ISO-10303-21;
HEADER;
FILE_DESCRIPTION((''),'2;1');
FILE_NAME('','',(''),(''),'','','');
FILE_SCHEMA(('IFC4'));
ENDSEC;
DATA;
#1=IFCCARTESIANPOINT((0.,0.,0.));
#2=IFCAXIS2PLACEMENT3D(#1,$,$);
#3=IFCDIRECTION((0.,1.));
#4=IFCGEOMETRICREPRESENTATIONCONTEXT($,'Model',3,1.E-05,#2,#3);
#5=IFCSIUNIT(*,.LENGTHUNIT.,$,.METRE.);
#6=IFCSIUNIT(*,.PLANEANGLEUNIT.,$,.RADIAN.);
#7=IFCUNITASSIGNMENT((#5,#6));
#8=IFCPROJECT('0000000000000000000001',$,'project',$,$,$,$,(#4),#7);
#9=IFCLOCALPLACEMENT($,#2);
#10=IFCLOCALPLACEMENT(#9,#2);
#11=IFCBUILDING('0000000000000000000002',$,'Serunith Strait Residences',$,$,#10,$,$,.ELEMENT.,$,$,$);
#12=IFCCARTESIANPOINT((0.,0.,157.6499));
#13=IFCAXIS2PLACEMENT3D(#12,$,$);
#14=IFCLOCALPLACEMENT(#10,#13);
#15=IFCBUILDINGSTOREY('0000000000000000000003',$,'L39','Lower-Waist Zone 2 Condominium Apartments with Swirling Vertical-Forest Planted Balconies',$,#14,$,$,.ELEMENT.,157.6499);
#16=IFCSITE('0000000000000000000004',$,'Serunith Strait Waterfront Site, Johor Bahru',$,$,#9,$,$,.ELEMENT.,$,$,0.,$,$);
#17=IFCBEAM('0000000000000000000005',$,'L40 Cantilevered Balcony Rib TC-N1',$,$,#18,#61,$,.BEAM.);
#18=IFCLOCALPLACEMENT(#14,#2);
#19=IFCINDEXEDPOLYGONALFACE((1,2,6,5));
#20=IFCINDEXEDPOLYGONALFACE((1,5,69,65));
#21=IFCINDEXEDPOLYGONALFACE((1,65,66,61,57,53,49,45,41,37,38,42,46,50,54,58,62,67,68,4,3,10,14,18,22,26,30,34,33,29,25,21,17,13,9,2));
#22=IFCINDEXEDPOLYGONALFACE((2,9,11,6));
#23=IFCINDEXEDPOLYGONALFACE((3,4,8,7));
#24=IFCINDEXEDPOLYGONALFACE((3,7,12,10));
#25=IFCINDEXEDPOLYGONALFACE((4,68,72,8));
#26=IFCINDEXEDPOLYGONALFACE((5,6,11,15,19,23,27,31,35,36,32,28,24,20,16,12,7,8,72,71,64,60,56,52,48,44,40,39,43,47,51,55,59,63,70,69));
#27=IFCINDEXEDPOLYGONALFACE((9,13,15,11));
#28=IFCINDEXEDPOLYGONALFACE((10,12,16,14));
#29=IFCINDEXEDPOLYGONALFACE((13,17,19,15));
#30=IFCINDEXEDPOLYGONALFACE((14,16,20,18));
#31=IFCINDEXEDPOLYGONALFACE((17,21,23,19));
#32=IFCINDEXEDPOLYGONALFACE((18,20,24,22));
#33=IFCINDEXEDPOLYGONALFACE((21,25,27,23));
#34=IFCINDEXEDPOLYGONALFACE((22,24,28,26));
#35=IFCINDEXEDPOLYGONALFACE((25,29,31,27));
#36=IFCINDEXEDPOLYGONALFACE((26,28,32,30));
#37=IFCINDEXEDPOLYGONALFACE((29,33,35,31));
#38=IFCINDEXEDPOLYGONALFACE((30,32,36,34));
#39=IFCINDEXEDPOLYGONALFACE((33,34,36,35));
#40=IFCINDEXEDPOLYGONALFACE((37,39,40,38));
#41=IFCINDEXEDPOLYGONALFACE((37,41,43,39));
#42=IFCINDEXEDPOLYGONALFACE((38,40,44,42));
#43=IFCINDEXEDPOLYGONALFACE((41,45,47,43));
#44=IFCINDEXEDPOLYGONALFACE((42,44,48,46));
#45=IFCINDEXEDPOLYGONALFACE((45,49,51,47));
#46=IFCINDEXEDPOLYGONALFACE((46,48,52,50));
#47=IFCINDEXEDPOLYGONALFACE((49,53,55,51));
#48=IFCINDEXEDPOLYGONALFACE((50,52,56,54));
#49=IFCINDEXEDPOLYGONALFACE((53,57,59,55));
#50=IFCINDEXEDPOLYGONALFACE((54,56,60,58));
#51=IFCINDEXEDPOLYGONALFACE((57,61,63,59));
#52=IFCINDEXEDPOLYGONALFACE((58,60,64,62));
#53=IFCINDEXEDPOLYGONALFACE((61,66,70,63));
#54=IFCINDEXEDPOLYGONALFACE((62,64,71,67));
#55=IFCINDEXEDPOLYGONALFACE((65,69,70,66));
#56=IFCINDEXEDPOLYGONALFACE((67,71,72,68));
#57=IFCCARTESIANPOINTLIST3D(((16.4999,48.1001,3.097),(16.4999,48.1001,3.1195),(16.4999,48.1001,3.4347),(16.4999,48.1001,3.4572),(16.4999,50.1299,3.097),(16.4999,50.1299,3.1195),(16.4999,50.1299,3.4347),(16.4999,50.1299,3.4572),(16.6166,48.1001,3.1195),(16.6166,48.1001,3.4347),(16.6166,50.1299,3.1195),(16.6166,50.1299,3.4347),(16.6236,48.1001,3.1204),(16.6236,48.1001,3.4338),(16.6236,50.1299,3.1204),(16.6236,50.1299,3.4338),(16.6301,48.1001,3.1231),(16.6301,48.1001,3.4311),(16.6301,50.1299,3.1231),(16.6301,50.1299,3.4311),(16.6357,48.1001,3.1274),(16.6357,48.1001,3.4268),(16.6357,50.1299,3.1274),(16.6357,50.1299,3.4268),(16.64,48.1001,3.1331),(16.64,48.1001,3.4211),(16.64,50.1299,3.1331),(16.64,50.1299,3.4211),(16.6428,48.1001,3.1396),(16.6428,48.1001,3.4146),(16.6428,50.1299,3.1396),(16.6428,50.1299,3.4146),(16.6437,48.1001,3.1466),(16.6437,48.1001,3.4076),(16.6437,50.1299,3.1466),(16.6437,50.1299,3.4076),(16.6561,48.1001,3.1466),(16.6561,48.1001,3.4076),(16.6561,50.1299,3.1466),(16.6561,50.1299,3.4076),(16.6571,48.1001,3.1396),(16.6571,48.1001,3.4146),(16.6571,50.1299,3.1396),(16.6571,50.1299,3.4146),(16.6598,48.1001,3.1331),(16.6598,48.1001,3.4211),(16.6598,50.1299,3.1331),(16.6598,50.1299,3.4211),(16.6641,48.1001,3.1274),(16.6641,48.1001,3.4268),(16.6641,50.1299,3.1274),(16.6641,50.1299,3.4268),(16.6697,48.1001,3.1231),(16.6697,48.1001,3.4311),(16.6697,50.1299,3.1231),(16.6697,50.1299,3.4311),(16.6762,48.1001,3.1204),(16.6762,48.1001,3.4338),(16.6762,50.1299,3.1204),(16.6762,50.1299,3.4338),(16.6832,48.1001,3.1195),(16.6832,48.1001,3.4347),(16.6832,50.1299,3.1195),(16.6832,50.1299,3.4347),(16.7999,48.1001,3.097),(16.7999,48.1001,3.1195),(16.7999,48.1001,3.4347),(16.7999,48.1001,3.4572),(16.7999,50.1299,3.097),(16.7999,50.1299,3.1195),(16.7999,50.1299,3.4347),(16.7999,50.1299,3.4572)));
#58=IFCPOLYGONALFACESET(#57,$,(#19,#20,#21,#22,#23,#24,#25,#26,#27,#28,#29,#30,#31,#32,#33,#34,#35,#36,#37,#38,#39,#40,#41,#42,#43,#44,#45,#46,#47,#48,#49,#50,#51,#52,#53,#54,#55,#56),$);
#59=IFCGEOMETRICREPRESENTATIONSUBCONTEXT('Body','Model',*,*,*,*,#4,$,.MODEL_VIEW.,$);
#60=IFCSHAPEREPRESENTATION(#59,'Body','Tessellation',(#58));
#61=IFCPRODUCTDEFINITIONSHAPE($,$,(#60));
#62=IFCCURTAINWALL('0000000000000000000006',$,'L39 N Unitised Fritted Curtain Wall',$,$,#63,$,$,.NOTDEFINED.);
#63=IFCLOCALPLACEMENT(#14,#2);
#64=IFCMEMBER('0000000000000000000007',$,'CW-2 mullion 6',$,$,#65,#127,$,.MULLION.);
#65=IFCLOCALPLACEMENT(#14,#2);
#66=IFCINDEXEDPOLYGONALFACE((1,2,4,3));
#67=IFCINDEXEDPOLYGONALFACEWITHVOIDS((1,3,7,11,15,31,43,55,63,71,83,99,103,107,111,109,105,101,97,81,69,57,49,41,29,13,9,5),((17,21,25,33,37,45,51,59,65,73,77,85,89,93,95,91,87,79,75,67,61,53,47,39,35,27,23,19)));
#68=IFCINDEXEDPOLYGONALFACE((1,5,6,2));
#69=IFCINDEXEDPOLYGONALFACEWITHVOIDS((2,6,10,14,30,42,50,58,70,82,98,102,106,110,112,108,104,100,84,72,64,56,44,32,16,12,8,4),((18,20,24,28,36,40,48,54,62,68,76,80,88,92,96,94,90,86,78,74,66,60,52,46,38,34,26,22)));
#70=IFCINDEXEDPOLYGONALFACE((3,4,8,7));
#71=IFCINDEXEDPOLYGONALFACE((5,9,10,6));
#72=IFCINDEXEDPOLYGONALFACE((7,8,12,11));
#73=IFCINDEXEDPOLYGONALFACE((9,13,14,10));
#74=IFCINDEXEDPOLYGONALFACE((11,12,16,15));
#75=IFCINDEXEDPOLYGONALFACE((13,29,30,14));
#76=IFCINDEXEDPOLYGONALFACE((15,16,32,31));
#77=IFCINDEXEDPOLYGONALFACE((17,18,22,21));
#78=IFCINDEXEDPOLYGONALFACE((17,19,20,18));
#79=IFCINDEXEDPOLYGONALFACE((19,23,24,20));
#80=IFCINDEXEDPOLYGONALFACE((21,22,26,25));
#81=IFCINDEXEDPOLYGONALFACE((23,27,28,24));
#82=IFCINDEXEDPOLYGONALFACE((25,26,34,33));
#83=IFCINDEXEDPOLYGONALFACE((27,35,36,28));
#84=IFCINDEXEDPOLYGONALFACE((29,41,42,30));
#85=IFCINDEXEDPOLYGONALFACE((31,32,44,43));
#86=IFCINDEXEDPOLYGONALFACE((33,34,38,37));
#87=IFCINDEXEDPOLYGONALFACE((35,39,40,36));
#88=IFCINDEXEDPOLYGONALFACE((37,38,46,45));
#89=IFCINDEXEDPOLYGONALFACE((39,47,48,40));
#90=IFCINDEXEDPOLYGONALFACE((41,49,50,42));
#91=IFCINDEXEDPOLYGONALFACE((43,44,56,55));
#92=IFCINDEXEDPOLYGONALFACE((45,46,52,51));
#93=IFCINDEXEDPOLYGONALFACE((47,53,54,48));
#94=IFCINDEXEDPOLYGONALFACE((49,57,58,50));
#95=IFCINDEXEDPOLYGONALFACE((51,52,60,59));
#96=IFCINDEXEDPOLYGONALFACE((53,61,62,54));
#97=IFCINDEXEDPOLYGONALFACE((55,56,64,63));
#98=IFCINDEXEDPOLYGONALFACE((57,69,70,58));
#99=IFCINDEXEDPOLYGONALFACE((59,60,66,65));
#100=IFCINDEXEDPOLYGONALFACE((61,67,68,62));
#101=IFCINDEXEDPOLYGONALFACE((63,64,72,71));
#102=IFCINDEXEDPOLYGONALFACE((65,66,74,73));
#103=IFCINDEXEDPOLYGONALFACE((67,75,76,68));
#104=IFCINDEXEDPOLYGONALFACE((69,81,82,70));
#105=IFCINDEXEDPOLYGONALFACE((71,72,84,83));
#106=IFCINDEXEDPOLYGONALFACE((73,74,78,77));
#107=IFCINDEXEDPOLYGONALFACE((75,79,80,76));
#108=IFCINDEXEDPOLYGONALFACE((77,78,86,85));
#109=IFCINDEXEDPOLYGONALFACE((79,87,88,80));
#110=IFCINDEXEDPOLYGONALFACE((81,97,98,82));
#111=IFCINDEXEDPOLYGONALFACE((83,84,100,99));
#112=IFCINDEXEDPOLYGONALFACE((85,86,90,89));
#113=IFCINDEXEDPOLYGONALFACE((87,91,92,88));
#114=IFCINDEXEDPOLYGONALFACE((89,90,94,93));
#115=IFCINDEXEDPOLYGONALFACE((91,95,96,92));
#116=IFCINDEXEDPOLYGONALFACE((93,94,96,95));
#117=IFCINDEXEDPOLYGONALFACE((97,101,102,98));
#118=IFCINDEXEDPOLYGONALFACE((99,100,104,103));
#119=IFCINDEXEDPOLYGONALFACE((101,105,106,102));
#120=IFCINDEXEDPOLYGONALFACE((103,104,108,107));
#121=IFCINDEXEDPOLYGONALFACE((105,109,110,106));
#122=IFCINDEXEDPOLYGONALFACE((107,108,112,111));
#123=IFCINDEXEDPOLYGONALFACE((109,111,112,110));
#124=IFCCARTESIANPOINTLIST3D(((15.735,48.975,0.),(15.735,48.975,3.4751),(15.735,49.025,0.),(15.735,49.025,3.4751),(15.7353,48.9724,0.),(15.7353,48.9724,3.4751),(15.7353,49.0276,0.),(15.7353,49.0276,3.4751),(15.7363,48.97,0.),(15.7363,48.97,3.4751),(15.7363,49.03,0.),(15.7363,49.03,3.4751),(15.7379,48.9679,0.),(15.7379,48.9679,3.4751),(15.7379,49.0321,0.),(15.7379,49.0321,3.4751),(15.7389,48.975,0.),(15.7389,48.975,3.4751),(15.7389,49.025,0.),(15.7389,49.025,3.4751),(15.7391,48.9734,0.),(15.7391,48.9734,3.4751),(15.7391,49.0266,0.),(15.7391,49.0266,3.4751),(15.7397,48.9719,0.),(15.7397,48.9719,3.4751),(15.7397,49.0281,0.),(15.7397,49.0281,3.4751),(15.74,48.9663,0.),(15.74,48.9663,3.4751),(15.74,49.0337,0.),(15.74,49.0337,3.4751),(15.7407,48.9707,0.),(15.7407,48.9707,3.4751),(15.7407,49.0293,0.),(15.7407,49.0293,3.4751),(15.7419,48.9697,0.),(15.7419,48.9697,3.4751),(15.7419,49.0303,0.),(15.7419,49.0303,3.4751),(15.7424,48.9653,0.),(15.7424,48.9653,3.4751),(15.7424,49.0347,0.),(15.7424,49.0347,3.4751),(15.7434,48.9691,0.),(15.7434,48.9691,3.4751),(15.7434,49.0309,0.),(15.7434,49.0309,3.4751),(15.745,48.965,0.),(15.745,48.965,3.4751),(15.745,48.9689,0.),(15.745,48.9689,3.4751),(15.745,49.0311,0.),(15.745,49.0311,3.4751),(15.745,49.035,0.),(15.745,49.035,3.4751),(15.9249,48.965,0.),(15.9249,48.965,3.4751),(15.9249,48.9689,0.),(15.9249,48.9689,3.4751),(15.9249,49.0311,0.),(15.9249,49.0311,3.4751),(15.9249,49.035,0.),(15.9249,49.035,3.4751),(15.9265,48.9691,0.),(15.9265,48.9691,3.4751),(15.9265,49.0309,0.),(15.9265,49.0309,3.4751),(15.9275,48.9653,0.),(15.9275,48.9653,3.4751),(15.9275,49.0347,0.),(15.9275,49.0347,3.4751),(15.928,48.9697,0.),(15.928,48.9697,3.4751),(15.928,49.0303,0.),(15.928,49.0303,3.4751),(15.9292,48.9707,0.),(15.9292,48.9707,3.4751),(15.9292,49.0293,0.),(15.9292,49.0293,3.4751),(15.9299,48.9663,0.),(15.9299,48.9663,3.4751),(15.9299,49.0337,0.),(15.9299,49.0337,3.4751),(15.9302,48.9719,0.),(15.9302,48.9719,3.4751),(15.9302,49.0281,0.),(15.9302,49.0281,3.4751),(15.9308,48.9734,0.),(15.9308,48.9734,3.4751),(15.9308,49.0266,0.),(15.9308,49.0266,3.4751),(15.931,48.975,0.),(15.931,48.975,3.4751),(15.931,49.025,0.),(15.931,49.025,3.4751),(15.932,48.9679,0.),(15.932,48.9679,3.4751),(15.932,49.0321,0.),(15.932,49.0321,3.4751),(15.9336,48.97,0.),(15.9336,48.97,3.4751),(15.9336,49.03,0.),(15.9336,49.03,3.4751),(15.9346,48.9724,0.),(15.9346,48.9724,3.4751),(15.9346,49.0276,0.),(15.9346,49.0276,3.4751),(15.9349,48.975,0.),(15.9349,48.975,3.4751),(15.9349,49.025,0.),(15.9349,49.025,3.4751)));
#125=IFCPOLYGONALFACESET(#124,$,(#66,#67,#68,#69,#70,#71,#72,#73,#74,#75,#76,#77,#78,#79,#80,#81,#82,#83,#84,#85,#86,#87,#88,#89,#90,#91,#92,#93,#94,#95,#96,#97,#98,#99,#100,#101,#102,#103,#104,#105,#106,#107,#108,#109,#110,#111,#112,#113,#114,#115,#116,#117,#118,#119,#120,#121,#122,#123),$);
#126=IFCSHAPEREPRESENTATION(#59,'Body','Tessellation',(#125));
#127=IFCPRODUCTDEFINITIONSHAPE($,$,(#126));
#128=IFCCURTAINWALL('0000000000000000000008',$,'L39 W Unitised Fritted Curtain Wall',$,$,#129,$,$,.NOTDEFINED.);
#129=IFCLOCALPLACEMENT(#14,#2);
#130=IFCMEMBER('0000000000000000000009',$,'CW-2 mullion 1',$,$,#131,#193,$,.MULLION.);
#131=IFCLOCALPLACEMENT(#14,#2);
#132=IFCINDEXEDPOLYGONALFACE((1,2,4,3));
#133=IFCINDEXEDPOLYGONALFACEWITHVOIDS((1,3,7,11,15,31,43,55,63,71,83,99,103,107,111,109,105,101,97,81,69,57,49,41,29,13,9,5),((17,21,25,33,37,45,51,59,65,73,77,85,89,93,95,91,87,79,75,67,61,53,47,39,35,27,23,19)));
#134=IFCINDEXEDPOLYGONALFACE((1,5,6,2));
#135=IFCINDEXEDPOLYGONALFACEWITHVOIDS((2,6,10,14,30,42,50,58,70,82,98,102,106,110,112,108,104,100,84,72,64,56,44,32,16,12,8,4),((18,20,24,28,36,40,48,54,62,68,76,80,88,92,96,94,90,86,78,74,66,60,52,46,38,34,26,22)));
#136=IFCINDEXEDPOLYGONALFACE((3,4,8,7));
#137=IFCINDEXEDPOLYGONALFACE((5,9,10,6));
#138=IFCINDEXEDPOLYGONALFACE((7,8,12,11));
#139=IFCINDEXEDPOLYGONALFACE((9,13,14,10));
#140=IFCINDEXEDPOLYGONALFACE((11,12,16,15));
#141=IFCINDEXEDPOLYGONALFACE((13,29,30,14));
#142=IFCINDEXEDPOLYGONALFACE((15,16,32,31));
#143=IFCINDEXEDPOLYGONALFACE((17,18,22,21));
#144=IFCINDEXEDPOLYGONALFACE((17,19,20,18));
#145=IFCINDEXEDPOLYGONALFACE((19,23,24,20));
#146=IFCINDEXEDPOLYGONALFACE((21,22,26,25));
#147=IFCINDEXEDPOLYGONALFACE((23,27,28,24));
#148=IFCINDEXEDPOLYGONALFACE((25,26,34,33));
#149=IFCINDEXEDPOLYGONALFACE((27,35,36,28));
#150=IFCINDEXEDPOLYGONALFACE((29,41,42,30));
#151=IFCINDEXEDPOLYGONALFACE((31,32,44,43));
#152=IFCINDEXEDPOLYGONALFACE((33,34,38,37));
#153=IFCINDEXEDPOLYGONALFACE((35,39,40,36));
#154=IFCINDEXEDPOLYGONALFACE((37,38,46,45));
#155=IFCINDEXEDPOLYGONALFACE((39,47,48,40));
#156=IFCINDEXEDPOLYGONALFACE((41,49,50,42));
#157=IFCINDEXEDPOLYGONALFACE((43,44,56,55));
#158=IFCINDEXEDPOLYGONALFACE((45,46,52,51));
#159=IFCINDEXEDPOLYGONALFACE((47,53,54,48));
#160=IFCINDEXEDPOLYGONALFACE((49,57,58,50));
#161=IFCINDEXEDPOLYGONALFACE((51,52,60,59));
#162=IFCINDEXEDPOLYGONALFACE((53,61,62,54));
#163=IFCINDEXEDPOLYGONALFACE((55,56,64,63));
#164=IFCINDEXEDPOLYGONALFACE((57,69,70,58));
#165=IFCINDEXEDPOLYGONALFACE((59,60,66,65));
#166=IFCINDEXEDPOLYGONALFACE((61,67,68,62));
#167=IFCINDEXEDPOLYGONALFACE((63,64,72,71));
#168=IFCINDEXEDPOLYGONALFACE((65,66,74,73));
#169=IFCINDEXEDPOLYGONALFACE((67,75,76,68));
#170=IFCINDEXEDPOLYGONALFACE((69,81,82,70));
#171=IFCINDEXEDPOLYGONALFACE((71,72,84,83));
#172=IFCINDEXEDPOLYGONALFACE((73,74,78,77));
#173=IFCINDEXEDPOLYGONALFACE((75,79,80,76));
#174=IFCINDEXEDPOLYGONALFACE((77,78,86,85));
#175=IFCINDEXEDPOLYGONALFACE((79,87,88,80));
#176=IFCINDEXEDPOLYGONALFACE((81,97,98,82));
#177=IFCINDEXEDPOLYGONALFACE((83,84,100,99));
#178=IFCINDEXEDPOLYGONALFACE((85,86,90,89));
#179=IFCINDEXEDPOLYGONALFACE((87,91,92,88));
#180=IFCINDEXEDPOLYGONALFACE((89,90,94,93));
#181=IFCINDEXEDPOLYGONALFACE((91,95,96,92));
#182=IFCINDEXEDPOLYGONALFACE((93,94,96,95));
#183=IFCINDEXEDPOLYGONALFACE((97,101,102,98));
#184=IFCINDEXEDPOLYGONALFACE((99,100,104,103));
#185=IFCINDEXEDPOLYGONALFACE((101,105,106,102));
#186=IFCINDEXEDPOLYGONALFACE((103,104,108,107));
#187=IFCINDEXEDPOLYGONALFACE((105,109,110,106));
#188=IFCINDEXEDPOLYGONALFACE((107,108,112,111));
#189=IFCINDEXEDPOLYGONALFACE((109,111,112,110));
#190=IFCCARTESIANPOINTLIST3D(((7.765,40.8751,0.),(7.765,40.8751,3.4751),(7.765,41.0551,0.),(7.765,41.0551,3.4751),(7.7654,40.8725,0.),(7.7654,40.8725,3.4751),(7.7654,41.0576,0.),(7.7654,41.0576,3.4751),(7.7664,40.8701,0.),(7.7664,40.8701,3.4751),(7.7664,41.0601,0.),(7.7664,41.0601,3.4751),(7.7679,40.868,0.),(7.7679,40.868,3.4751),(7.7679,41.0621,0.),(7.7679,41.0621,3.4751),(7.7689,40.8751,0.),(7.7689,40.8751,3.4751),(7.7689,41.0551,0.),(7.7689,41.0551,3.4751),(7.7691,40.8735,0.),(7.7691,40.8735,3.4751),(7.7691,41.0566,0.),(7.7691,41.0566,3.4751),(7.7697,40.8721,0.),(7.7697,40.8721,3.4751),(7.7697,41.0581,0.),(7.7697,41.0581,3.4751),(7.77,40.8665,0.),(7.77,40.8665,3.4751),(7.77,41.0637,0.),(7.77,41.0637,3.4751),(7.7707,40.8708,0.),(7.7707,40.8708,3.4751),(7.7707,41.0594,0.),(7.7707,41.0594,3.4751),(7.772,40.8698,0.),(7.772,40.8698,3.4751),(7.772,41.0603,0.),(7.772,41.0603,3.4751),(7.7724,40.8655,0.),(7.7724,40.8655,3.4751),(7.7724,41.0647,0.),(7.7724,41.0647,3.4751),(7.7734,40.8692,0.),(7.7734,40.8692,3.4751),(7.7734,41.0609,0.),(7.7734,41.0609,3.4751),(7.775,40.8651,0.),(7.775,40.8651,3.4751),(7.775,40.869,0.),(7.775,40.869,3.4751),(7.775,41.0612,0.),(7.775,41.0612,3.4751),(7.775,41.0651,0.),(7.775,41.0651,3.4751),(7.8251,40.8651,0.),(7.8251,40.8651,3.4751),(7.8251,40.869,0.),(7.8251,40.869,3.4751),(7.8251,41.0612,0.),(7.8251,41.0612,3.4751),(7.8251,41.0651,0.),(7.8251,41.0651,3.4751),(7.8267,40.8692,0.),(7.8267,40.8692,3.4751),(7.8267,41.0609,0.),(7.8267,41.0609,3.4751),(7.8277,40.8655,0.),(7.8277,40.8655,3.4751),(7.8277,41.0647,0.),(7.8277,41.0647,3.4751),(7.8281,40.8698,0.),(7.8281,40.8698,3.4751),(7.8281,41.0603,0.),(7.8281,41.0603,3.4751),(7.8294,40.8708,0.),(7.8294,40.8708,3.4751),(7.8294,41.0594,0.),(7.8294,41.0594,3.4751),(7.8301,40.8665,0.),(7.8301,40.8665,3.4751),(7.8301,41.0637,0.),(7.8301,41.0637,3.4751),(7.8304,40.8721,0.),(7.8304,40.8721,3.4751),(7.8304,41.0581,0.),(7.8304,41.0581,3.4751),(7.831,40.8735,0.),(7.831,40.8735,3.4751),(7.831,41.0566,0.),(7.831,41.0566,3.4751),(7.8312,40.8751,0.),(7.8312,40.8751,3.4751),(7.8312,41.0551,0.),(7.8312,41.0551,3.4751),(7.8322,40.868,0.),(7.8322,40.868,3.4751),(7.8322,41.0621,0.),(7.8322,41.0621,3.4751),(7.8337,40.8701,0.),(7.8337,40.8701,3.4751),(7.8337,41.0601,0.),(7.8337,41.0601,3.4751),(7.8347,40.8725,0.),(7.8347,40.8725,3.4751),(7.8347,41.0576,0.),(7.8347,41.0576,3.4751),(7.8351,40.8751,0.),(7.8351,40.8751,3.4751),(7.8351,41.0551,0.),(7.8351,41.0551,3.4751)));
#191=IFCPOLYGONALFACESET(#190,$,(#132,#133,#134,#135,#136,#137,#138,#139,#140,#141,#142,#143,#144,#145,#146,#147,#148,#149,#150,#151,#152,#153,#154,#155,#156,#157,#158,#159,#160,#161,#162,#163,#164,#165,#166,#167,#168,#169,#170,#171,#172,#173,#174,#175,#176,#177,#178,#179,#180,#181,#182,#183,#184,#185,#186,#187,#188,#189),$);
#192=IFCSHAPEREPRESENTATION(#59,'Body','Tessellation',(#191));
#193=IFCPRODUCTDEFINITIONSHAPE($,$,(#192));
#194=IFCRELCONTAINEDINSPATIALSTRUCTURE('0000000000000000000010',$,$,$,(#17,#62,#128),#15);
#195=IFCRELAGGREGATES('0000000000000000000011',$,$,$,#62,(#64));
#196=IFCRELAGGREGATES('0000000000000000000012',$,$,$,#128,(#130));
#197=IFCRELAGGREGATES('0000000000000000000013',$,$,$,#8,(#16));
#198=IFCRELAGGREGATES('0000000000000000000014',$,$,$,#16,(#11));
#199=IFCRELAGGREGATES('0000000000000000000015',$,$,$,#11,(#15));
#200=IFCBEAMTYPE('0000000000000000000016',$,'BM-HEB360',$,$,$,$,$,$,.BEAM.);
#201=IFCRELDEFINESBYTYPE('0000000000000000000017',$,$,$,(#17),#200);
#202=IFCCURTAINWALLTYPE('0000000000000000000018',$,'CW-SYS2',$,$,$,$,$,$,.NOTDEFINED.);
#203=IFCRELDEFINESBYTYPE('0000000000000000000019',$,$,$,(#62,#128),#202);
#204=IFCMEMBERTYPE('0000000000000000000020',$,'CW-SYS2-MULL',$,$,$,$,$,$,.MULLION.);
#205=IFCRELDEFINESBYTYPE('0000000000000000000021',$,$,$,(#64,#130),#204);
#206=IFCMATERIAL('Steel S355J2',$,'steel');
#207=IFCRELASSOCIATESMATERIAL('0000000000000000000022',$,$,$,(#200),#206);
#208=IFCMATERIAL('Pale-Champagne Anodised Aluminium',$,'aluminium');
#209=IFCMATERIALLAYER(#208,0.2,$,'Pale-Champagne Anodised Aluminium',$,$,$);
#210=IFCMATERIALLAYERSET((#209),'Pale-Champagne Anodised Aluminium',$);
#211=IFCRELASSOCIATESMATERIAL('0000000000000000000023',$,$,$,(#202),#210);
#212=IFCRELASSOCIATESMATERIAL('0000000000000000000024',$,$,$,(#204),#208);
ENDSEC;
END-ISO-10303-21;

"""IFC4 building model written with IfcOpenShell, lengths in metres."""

from ifc_helpers import new_model, si_unit, direction, frame, origin, origin_2d, place, context, subcontext, project, spatial, hollow_rectangle, i_section, extrude, source, transform, mapped, material, layer, layer_set, material_profile, profile_set, type_object, element, aggregate, save


model = new_model("IFC4")

# Units and contexts
model_context = context("Model", 3, precision=1e-05, world=origin(), true_north=direction((0.0, 1.0)))
body_context = subcontext(model_context, "Body", "Model", "MODEL_VIEW")
ifc_project = project(units=[si_unit("LENGTHUNIT", "METRE"), si_unit("PLANEANGLEUNIT", "RADIAN")], contexts=[model_context])

# Site, building, storey
site_placement = place(None, origin())
site = spatial("IfcSite", under=ifc_project, at=site_placement, Name="Serunith Strait Waterfront Site, Johor Bahru", CompositionType="ELEMENT", RefElevation=0.0)
building_placement = place(site_placement, origin())
building = spatial("IfcBuilding", under=site, at=building_placement, Name="Serunith Strait Residences", CompositionType="ELEMENT")
storey_placement = place(building_placement, frame((0.0, 0.0, 157.6499)))
storey = spatial("IfcBuildingStorey", under=building, at=storey_placement, Name="L39", Description="Lower-Waist Zone 2 Condominium Apartments with Swirling Vertical-Forest Planted Balconies", CompositionType="ELEMENT", Elevation=157.6499)

# Beam
ifc_material_1 = material(Name="Steel S355J2", Category="steel")
ifc_material_profile_1 = material_profile(ifc_material_1, i_section(OverallWidth=0.3, OverallDepth=0.3601, WebThickness=0.0125, FlangeThickness=0.0225, FilletRadius=0.0271, at=origin_2d()), Name="HEB 360")
ifc_profile_set_1 = profile_set([ifc_material_profile_1], Name="Steel S355J2")
beam_type_1 = type_object("IfcBeamType", Name="BM-HEB360", PredefinedType="BEAM", material=ifc_profile_set_1)
shared_shape_1 = source(origin(), body_context, "Body", "SweptSolid", [
    extrude(i_section(OverallWidth=0.3, OverallDepth=0.3601, WebThickness=0.0125, FlangeThickness=0.0225, FilletRadius=0.0271, at=origin_2d()), origin(), (0.0, 0.0, 1.0), 2.0298),
])
beam_1_placement = place(storey_placement, frame((16.6499, 48.1001, 3.2771), z_axis=(0.0, 1.0, 0.0), x_axis=(-1.0, 0.0, 0.0)))
element("IfcBeam", 1, at=beam_1_placement, inside=storey, type_object=beam_type_1, Name="L40 Cantilevered Balcony Rib TC-N1", PredefinedType="BEAM", context=body_context, shape_type="MappedRepresentation", body=[
    mapped(shared_shape_1, transform((0.0, 0.0, 0.0), scale=1.0)),
])

# Curtain walls, members
ifc_material_2 = material(Name="Pale-Champagne Anodised Aluminium", Category="aluminium")
ifc_layer_1 = layer(ifc_material_2, 0.2, Name="Pale-Champagne Anodised Aluminium")
ifc_layer_set_1 = layer_set([ifc_layer_1], Name="Pale-Champagne Anodised Aluminium")
curtain_wall_type = type_object("IfcCurtainWallType", Name="CW-SYS2", PredefinedType="NOTDEFINED", material=ifc_layer_set_1)
curtain_wall_1_placement = place(storey_placement, origin())
curtain_wall_1 = element("IfcCurtainWall", 2, at=curtain_wall_1_placement, inside=storey, type_object=curtain_wall_type, Name="L39 N Unitised Fritted Curtain Wall", PredefinedType="NOTDEFINED")
ifc_material_profile_2 = material_profile(ifc_material_2, hollow_rectangle(XDim=0.0701, YDim=0.2, WallThickness=0.0039, InnerFilletRadius=0.0061, OuterFilletRadius=0.01, at=origin_2d()), Name="ALU 200x70x4")
ifc_profile_set_2 = profile_set([ifc_material_profile_2], Name="Pale-Champagne Anodised Aluminium")
member_type_1 = type_object("IfcMemberType", Name="CW-SYS2-MULL", PredefinedType="MULLION", material=ifc_profile_set_2)
shared_shape_2 = source(origin(), body_context, "Body", "SweptSolid", [
    extrude(hollow_rectangle(XDim=0.0701, YDim=0.2, WallThickness=0.0039, InnerFilletRadius=0.0061, OuterFilletRadius=0.01, at=origin_2d()), origin(), (0.0, 0.0, 1.0), 3.4751),
])
member_1_placement = place(storey_placement, frame((15.835, 49.0, 0.0), z_axis=(0.0, 0.0, 1.0), x_axis=(0.0, -1.0, 0.0)))
member_1 = element("IfcMember", 3, at=member_1_placement, type_object=member_type_1, Name="CW-2 mullion 6", PredefinedType="MULLION", context=body_context, shape_type="MappedRepresentation", body=[
    mapped(shared_shape_2, transform((0.0, 0.0, 0.0), scale=1.0)),
])
curtain_wall_2_placement = place(storey_placement, origin())
curtain_wall_2 = element("IfcCurtainWall", 4, at=curtain_wall_2_placement, inside=storey, type_object=curtain_wall_type, Name="L39 W Unitised Fritted Curtain Wall", PredefinedType="NOTDEFINED")
member_2_placement = place(storey_placement, frame((7.8, 40.9651, 0.0), z_axis=(0.0, 0.0, 1.0), x_axis=(1.0, 0.0, 0.0)))
member_2 = element("IfcMember", 5, at=member_2_placement, type_object=member_type_1, Name="CW-2 mullion 1", PredefinedType="MULLION", context=body_context, shape_type="MappedRepresentation", body=[
    mapped(shared_shape_2, transform((0.0, 0.0, 0.0), scale=1.0)),
])

aggregate(curtain_wall_1, [member_1])
aggregate(curtain_wall_2, [member_2])

save(model, "model.ifc")
